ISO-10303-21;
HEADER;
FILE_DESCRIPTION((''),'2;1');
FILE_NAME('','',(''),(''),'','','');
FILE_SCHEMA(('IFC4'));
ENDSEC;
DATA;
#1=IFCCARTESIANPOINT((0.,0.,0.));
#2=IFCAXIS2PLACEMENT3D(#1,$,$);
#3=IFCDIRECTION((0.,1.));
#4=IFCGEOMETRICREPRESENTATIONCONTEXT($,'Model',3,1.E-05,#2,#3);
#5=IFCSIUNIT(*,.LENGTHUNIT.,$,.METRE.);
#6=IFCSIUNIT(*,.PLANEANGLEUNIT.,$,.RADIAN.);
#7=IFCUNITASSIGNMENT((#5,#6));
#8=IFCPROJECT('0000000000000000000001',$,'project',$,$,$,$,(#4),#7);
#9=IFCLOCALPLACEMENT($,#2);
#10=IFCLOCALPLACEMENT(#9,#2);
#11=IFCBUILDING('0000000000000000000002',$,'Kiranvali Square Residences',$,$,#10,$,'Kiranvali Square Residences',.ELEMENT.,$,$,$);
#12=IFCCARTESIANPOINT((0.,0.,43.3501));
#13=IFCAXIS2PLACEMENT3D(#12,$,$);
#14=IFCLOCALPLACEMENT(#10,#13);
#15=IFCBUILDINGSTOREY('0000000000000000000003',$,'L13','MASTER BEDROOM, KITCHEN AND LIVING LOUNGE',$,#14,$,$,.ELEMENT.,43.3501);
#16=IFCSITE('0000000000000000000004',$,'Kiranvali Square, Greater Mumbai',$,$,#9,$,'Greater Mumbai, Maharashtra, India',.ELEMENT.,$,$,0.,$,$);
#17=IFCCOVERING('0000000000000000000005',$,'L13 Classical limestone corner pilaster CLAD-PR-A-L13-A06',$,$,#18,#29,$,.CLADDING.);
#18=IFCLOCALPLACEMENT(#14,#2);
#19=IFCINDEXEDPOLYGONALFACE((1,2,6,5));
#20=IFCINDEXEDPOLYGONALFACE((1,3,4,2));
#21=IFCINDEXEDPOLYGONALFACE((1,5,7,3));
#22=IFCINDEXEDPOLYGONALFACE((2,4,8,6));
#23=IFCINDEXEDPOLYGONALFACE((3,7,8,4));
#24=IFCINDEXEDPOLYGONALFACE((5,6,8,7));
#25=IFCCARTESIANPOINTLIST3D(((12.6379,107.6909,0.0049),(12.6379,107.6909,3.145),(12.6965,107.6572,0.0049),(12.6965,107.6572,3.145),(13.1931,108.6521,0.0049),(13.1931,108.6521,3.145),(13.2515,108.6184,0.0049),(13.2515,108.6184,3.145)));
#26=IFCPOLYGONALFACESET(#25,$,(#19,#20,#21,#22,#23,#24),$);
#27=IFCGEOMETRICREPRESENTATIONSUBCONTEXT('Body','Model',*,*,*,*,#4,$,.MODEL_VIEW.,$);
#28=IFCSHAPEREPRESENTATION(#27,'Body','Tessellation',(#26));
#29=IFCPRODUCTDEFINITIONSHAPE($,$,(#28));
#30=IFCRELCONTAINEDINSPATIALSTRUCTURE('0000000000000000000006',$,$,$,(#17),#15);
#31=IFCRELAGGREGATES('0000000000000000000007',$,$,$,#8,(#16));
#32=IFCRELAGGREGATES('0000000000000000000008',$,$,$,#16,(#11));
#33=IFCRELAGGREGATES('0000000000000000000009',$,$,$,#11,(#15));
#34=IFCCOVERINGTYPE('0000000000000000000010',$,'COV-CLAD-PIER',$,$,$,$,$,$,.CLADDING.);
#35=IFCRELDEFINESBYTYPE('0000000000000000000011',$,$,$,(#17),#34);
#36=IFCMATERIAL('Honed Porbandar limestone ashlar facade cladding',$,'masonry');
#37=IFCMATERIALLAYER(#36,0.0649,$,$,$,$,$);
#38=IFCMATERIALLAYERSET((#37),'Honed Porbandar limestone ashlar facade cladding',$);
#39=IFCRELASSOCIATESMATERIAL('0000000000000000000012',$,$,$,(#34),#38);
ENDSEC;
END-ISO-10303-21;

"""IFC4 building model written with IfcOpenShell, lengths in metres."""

from ifc_helpers import new_model, si_unit, direction, frame, origin, place, context, subcontext, project, spatial, polyline, outline, extrude, material, layer, layer_set, type_object, element, save


model = new_model("IFC4")

# Units and contexts
model_context = context("Model", 3, precision=1e-05, world=origin(), true_north=direction((0.0, 1.0)))
body_context = subcontext(model_context, "Body", "Model", "MODEL_VIEW")
ifc_project = project(units=[si_unit("LENGTHUNIT", "METRE"), si_unit("PLANEANGLEUNIT", "RADIAN")], contexts=[model_context])

# Site, building, storey
site_placement = place(None, origin())
site = spatial("IfcSite", under=ifc_project, at=site_placement, Name="Kiranvali Square, Greater Mumbai", LongName="Greater Mumbai, Maharashtra, India", CompositionType="ELEMENT", RefElevation=0.0)
building_placement = place(site_placement, origin())
building = spatial("IfcBuilding", under=site, at=building_placement, Name="Kiranvali Square Residences", LongName="Kiranvali Square Residences", CompositionType="ELEMENT")
storey_placement = place(building_placement, frame((0.0, 0.0, 43.3501)))
storey = spatial("IfcBuildingStorey", under=building, at=storey_placement, Name="L13", Description="MASTER BEDROOM, KITCHEN AND LIVING LOUNGE", CompositionType="ELEMENT", Elevation=43.3501)

# Covering
ifc_material_1 = material(Name="Honed Porbandar limestone ashlar facade cladding", Category="masonry")
ifc_layer_1 = layer(ifc_material_1, 0.0649)
ifc_layer_set_1 = layer_set([ifc_layer_1], Name="Honed Porbandar limestone ashlar facade cladding")
covering_type_1 = type_object("IfcCoveringType", Name="COV-CLAD-PIER", PredefinedType="CLADDING", material=ifc_layer_set_1)
covering_1_placement = place(storey_placement, frame((0.0, 0.0, 0.0049)))
element("IfcCovering", 1, at=covering_1_placement, inside=storey, type_object=covering_type_1, Name="L13 Classical limestone corner pilaster CLAD-PR-A-L13-A06", PredefinedType="CLADDING", context=body_context, shape_type="SweptSolid", body=[
    extrude(outline(polyline([(13.1931, 108.6521), (12.6379, 107.6909), (12.6965, 107.6572), (13.2515, 108.6184), (13.1931, 108.6521)])), origin(), (0.0, 0.0, 1.0), 3.1401),
])

save(model, "model.ifc")
